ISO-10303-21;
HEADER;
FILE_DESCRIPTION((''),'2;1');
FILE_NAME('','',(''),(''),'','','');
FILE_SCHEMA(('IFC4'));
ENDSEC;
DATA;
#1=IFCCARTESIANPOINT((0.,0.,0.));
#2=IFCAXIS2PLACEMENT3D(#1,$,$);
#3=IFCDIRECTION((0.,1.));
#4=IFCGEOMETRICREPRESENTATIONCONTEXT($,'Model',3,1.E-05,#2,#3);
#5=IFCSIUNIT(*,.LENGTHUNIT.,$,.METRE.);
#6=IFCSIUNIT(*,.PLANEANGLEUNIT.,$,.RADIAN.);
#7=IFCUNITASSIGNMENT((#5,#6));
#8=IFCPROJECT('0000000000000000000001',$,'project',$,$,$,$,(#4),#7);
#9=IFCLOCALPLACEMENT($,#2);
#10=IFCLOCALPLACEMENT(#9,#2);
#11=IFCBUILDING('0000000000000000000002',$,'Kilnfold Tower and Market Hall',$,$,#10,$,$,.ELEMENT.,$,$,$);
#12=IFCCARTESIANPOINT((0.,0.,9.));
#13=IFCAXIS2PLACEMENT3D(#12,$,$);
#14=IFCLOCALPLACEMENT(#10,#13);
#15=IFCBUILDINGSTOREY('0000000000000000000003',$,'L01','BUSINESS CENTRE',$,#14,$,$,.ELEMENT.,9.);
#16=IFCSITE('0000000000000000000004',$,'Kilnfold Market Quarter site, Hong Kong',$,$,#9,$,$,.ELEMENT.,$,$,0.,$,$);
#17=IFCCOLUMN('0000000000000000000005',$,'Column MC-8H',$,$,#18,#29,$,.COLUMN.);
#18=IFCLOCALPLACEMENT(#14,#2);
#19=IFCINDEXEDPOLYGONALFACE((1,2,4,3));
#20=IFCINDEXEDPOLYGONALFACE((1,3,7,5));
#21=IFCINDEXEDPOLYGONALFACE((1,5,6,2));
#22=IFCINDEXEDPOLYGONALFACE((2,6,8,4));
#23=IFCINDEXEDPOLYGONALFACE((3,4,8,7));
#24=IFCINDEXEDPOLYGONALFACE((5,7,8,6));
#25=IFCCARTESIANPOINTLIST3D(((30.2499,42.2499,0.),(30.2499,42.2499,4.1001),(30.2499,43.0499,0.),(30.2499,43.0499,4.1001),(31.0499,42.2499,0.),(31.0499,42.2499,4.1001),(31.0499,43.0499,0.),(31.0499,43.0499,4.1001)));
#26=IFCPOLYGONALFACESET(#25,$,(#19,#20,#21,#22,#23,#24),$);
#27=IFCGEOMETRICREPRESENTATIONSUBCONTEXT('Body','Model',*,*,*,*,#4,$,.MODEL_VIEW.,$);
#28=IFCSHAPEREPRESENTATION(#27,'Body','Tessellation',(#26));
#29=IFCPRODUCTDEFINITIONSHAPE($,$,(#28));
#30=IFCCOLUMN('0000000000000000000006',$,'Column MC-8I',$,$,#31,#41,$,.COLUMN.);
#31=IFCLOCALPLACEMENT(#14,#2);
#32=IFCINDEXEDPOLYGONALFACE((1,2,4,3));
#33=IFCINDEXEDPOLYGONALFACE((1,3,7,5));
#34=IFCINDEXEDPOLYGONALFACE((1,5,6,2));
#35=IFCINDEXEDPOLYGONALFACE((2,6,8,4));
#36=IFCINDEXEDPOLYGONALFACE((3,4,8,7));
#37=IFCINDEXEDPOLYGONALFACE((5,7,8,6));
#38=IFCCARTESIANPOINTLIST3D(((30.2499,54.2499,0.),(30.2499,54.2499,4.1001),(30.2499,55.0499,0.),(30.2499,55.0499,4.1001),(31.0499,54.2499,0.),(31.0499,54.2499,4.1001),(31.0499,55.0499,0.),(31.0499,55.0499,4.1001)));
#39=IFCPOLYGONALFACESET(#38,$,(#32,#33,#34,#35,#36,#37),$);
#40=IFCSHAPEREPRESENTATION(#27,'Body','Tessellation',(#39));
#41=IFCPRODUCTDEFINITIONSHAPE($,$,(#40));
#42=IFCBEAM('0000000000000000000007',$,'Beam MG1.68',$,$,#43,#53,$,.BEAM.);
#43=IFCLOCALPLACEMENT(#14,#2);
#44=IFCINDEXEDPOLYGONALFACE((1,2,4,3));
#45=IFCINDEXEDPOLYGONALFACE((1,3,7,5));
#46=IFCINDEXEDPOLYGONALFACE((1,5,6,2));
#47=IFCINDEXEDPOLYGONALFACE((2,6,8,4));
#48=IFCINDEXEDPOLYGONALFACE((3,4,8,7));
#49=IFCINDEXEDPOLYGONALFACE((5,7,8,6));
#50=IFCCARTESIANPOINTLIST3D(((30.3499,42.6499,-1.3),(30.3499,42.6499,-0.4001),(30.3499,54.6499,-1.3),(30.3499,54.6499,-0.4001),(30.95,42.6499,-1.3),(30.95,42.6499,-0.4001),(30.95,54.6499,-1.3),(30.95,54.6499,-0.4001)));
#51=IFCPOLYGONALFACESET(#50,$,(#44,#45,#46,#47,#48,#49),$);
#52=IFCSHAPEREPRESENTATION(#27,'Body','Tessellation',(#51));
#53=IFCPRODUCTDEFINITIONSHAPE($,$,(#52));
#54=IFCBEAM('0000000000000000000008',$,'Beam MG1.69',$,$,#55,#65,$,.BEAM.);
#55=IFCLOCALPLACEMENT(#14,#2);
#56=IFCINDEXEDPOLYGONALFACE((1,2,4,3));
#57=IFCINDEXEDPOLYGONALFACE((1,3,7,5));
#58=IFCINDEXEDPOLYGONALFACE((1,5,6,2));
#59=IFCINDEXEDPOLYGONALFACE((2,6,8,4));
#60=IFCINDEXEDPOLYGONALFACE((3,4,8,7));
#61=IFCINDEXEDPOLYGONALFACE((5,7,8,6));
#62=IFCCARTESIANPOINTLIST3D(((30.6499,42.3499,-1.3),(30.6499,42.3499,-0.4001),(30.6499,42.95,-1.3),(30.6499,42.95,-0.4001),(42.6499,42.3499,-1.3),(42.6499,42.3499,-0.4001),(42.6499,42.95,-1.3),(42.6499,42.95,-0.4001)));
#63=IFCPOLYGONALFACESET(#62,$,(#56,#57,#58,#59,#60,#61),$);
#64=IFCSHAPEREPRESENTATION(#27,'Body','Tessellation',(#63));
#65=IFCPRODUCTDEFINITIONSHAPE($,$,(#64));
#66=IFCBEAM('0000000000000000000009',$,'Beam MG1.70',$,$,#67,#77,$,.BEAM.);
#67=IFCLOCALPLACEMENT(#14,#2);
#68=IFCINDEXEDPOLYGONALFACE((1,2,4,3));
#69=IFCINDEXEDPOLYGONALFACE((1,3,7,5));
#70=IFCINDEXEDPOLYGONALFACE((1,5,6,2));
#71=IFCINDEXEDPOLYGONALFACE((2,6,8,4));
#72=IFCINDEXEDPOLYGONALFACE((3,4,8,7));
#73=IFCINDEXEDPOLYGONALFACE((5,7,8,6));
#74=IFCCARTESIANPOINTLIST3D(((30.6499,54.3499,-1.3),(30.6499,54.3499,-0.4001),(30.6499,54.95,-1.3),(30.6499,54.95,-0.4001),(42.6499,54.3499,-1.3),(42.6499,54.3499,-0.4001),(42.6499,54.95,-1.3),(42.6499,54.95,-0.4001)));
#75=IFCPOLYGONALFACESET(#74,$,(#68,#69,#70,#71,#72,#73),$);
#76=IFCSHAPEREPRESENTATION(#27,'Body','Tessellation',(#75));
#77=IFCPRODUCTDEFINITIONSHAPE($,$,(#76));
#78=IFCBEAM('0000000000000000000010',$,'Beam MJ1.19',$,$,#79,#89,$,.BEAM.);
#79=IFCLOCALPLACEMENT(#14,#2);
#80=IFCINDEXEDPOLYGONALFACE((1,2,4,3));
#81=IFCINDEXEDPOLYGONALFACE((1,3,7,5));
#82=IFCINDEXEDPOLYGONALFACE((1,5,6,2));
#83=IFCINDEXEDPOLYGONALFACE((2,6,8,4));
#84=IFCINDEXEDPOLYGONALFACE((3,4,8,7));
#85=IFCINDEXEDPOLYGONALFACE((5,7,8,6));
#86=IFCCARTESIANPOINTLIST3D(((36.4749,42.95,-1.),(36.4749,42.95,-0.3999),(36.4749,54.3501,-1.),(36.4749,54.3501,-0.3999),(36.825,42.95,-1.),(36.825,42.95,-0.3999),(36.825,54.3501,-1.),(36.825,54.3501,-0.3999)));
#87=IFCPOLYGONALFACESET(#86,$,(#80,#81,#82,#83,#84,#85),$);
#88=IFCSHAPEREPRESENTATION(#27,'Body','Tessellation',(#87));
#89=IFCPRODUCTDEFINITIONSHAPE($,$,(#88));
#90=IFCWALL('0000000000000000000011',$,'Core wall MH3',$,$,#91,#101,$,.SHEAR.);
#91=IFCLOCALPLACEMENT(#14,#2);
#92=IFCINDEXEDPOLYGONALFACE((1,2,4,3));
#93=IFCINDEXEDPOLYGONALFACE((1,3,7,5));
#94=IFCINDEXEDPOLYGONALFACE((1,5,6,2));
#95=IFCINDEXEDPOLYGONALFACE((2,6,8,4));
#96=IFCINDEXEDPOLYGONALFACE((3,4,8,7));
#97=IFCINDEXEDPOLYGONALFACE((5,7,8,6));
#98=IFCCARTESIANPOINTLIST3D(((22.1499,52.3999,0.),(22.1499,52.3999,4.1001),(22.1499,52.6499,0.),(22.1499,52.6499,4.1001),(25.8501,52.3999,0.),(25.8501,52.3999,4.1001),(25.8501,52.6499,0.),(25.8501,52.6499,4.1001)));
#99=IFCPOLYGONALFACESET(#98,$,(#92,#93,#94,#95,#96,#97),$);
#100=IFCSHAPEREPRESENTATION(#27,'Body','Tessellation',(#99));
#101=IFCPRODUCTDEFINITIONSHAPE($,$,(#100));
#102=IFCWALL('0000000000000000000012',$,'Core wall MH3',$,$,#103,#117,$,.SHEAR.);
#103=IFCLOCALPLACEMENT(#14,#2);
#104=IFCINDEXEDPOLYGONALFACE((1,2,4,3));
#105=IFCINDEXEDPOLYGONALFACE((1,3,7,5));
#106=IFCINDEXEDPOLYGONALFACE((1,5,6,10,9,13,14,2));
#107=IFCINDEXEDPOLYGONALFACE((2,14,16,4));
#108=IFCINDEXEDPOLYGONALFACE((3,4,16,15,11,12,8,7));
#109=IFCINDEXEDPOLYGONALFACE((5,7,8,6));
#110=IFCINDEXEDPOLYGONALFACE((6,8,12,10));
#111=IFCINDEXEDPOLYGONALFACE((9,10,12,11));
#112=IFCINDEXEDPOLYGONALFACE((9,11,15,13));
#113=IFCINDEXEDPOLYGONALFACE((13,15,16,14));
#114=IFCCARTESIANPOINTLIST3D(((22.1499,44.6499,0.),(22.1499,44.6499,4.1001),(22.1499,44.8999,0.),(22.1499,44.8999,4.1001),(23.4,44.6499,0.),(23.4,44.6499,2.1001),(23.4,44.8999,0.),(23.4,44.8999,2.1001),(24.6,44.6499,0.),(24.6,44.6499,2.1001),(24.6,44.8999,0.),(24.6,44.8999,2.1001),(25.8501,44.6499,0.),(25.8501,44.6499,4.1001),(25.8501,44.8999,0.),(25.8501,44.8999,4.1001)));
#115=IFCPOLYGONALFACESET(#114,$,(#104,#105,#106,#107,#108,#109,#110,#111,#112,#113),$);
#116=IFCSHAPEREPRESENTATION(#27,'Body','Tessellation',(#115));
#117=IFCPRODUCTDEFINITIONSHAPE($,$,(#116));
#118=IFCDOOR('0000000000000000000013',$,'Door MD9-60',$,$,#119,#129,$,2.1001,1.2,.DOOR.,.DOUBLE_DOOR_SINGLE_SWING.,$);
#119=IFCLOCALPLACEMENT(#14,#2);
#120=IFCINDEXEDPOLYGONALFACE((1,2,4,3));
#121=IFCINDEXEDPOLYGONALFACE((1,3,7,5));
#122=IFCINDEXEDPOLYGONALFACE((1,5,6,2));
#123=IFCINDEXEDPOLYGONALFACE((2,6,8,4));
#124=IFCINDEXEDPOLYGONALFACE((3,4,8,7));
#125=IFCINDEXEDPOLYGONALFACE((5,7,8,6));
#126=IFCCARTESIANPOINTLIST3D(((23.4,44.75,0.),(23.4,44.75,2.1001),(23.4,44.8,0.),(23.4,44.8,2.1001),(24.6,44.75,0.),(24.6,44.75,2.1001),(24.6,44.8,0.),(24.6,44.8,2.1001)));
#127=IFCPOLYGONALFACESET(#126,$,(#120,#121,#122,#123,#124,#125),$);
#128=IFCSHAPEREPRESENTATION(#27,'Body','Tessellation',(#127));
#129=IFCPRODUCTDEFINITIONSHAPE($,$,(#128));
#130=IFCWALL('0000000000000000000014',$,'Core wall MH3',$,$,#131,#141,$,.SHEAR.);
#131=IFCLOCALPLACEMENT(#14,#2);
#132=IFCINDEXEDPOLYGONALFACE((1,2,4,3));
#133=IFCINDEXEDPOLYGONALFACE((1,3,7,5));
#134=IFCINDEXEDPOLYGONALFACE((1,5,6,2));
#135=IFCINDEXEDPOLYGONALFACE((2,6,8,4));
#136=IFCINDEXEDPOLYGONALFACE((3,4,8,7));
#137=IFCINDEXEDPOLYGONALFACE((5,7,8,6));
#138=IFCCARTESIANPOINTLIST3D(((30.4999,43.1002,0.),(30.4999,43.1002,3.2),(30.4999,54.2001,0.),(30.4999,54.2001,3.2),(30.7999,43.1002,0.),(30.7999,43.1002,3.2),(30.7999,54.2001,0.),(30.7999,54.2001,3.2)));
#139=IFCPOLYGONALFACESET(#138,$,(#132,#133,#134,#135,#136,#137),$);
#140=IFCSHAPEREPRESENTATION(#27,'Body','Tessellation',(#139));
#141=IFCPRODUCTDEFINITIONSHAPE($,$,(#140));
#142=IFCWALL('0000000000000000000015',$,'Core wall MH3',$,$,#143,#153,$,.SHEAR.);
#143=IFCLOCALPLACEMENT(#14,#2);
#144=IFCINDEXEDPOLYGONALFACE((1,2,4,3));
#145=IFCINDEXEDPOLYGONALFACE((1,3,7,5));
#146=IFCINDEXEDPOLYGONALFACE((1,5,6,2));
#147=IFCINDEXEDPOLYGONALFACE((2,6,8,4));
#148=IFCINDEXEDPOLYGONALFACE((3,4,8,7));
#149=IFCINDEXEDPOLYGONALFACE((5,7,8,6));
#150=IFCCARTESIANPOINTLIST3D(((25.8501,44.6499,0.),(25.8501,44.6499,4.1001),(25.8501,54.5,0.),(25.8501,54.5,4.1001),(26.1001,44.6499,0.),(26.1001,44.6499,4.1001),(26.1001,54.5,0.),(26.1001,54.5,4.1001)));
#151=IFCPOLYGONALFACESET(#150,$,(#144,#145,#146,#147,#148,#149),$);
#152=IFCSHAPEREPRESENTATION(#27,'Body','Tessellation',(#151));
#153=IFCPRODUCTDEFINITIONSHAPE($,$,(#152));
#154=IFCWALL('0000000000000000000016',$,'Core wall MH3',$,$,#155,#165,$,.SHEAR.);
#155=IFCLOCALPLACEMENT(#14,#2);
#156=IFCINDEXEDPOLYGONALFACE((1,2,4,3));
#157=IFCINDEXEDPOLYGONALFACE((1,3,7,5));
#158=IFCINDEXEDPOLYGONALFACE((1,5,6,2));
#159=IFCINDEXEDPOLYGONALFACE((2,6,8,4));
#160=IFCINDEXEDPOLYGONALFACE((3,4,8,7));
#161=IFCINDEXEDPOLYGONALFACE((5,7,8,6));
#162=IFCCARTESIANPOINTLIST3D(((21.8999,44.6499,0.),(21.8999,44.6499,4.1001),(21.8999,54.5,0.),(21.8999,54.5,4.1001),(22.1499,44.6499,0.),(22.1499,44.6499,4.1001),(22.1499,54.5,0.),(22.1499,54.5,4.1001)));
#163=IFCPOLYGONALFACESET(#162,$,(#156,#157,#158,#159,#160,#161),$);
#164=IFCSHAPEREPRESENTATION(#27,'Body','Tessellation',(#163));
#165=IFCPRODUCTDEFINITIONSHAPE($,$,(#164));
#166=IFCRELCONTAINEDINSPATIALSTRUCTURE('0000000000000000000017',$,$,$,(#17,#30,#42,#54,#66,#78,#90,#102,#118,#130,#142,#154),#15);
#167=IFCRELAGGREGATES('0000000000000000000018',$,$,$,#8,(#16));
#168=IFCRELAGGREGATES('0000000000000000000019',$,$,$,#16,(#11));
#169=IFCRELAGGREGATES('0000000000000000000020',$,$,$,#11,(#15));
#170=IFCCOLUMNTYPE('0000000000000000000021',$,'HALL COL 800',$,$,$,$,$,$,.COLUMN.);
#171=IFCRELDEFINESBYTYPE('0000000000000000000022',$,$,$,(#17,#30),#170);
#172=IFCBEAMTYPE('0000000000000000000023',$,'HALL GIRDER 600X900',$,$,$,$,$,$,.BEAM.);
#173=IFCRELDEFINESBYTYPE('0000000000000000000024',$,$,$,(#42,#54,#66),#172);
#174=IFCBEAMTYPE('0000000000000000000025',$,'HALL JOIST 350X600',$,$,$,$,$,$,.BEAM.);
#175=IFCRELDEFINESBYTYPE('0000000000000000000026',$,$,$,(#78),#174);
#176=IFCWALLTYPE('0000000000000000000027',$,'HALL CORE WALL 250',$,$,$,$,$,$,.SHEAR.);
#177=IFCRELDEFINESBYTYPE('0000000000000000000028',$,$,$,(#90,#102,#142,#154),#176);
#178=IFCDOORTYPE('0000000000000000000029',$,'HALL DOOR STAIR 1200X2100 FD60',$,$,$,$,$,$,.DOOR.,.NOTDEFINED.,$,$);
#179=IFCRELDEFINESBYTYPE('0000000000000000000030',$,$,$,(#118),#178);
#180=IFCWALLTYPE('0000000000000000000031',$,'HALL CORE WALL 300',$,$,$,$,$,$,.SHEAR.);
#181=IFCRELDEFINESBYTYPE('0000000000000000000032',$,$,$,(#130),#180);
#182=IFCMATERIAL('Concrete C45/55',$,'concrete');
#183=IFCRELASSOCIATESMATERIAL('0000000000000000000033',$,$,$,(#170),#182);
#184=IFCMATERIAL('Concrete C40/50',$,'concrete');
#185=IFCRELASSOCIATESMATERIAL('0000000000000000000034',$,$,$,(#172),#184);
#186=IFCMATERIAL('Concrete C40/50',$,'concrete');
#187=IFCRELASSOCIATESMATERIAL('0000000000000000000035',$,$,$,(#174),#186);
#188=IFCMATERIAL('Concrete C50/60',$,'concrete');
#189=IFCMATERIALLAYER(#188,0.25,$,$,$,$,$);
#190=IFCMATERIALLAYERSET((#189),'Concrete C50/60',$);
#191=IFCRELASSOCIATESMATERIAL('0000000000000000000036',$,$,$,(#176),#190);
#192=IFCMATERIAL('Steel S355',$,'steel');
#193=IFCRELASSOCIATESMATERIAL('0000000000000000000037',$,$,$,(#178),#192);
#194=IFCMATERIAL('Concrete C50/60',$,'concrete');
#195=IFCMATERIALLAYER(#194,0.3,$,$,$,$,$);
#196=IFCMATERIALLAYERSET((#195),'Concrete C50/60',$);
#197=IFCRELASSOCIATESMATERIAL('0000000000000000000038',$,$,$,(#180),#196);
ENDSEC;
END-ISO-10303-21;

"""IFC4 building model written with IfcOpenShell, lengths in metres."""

from ifc_helpers import new_model, si_unit, direction, frame, frame_2d, origin, origin_2d, place, context, subcontext, project, spatial, rectangle, extrude, source, transform, mapped, material, layer, layer_set, material_profile, profile_set, type_object, element, fill, save


model = new_model("IFC4")

# Units and contexts
model_context = context("Model", 3, precision=1e-05, world=origin(), true_north=direction((0.0, 1.0)))
body_context = subcontext(model_context, "Body", "Model", "MODEL_VIEW")
ifc_project = project(units=[si_unit("LENGTHUNIT", "METRE"), si_unit("PLANEANGLEUNIT", "RADIAN")], contexts=[model_context])

# Site, building, storey
site_placement = place(None, origin())
site = spatial("IfcSite", under=ifc_project, at=site_placement, Name="Kilnfold Market Quarter site, Hong Kong", CompositionType="ELEMENT", RefElevation=0.0)
building_placement = place(site_placement, origin())
building = spatial("IfcBuilding", under=site, at=building_placement, Name="Kilnfold Tower and Market Hall", CompositionType="ELEMENT")
storey_placement = place(building_placement, frame((0.0, 0.0, 9.0)))
storey = spatial("IfcBuildingStorey", under=building, at=storey_placement, Name="L01", Description="BUSINESS CENTRE", CompositionType="ELEMENT", Elevation=9.0)

# Columns
ifc_material_1 = material(Name="Concrete C45/55", Category="concrete")
ifc_material_profile_1 = material_profile(ifc_material_1, rectangle(XDim=0.8, YDim=0.8, at=origin_2d()), Name="RC 800x800")
ifc_profile_set_1 = profile_set([ifc_material_profile_1], Name="Concrete C45/55")
column_type = type_object("IfcColumnType", Name="HALL COL 800", PredefinedType="COLUMN", material=ifc_profile_set_1)
shared_shape_1 = source(origin(), body_context, "Body", "SweptSolid", [
    extrude(rectangle(XDim=0.8, YDim=0.8, at=origin_2d()), origin(), (0.0, 0.0, 1.0), 4.1001),
])
for number, where, z_axis, x_axis, name in (
    (1, (30.6499, 42.6499, 0.0), (0.0, 0.0, 1.0), (1.0, 0.0, 0.0), "Column MC-8H"),
    (2, (30.6499, 54.6499, 0.0), (0.0, 0.0, 1.0), (1.0, 0.0, 0.0), "Column MC-8I"),
):
    element("IfcColumn", number, at=place(storey_placement, frame(where, z_axis=z_axis, x_axis=x_axis)), inside=storey, type_object=column_type, Name=name, PredefinedType="COLUMN", context=body_context, shape_type="MappedRepresentation", body=[
        mapped(shared_shape_1, transform((0.0, 0.0, 0.0))),
    ])

# Beams
ifc_material_2 = material(Name="Concrete C40/50", Category="concrete")
ifc_material_profile_2 = material_profile(ifc_material_2, rectangle(XDim=0.6001, YDim=0.8999, at=origin_2d()), Name="RC 600x900")
ifc_profile_set_2 = profile_set([ifc_material_profile_2], Name="Concrete C40/50")
beam_type_1 = type_object("IfcBeamType", Name="HALL GIRDER 600X900", PredefinedType="BEAM", material=ifc_profile_set_2)
for number, where, z_axis, x_axis, name in (
    (3, (30.6499, 42.6499, -0.8501), (0.0, 1.0, 0.0), (-1.0, 0.0, 0.0), "Beam MG1.68"),
    (4, (30.6499, 42.6499, -0.8501), (1.0, 0.0, 0.0), (0.0, 1.0, 0.0), "Beam MG1.69"),
    (5, (30.6499, 54.6499, -0.8501), (1.0, 0.0, 0.0), (0.0, 1.0, 0.0), "Beam MG1.70"),
):
    element("IfcBeam", number, at=place(storey_placement, frame(where, z_axis=z_axis, x_axis=x_axis)), inside=storey, type_object=beam_type_1, Name=name, PredefinedType="BEAM", context=body_context, shape_type="SweptSolid", body=[
        extrude(rectangle(XDim=0.6001, YDim=0.8999, at=origin_2d()), origin(), (0.0, 0.0, 1.0), 12.0),
    ])
ifc_material_3 = material(Name="Concrete C40/50", Category="concrete")
ifc_material_profile_3 = material_profile(ifc_material_3, rectangle(XDim=0.3501, YDim=0.6001, at=origin_2d()), Name="RC 350x600")
ifc_profile_set_3 = profile_set([ifc_material_profile_3], Name="Concrete C40/50")
beam_type_2 = type_object("IfcBeamType", Name="HALL JOIST 350X600", PredefinedType="BEAM", material=ifc_profile_set_3)
beam_placement = place(storey_placement, frame((36.6499, 42.95, -0.7), z_axis=(0.0, 1.0, 0.0), x_axis=(-1.0, 0.0, 0.0)))
element("IfcBeam", 6, at=beam_placement, inside=storey, type_object=beam_type_2, Name="Beam MJ1.19", PredefinedType="BEAM", context=body_context, shape_type="SweptSolid", body=[
    extrude(rectangle(XDim=0.3501, YDim=0.6001, at=origin_2d()), origin(), (0.0, 0.0, 1.0), 11.4001),
])

# Wall
ifc_material_4 = material(Name="Concrete C50/60", Category="concrete")
ifc_layer_1 = layer(ifc_material_4, 0.25)
ifc_layer_set_1 = layer_set([ifc_layer_1], Name="Concrete C50/60")
wall_type_1 = type_object("IfcWallType", Name="HALL CORE WALL 250", PredefinedType="SHEAR", material=ifc_layer_set_1)
shared_shape_2 = source(origin(), body_context, "Body", "SweptSolid", [
    extrude(rectangle(XDim=3.7002, YDim=0.25, at=frame_2d((1.8501, 0.0))), origin(), (0.0, 0.0, 1.0), 4.1001),
])
wall_1_placement = place(storey_placement, frame((25.8501, 52.5249, 0.0), z_axis=(0.0, 0.0, 1.0), x_axis=(-1.0, 0.0, 0.0)))
element("IfcWall", 7, at=wall_1_placement, inside=storey, type_object=wall_type_1, Name="Core wall MH3", PredefinedType="SHEAR", context=body_context, shape_type="MappedRepresentation", body=[
    mapped(shared_shape_2, transform((0.0, 0.0, 0.0))),
])

# Wall, opening, door
wall_2_placement = place(storey_placement, frame((25.8501, 44.7749, 0.0), z_axis=(0.0, 0.0, 1.0), x_axis=(-1.0, 0.0, 0.0)))
wall_2 = element("IfcWall", 8, at=wall_2_placement, inside=storey, type_object=wall_type_1, Name="Core wall MH3", PredefinedType="SHEAR", context=body_context, shape_type="MappedRepresentation", body=[
    mapped(shared_shape_2, transform((0.0, 0.0, 0.0))),
])
opening_1_placement = place(wall_2_placement, frame((1.25, 0.0, 0.0)))
opening_1 = element("IfcOpeningElement", 9, at=opening_1_placement, cuts=wall_2, PredefinedType="OPENING", context=body_context, shape_type="SweptSolid", body=[
    extrude(rectangle(XDim=1.2, YDim=2.1001, at=frame_2d((0.6001, 1.05))), frame((0.0, 0.135, 0.0), z_axis=(0.0, -1.0, 0.0), x_axis=(1.0, 0.0, 0.0)), (0.0, 0.0, 1.0), 0.27),
])
ifc_material_5 = material(Name="Steel S355", Category="steel")
door_type_1 = type_object("IfcDoorType", Name="HALL DOOR STAIR 1200X2100 FD60", OperationType="NOTDEFINED", PredefinedType="DOOR", material=ifc_material_5)
door_1_placement = place(opening_1_placement, origin())
door_1 = element("IfcDoor", 10, at=door_1_placement, inside=storey, type_object=door_type_1, Name="Door MD9-60", OperationType="DOUBLE_DOOR_SINGLE_SWING", OverallHeight=2.1001, OverallWidth=1.2, PredefinedType="DOOR", context=body_context, shape_type="SweptSolid", body=[
    extrude(rectangle(XDim=1.2, YDim=2.1001, at=frame_2d((0.6001, 1.05))), frame((0.0, 0.0249, 0.0), z_axis=(0.0, -1.0, 0.0), x_axis=(1.0, 0.0, 0.0)), (0.0, 0.0, 1.0), 0.05),
])
fill(opening_1, door_1)

# Walls
ifc_material_6 = material(Name="Concrete C50/60", Category="concrete")
ifc_layer_2 = layer(ifc_material_6, 0.3)
ifc_layer_set_2 = layer_set([ifc_layer_2], Name="Concrete C50/60")
wall_type_2 = type_object("IfcWallType", Name="HALL CORE WALL 300", PredefinedType="SHEAR", material=ifc_layer_set_2)
shared_shape_3 = source(origin(), body_context, "Body", "SweptSolid", [
    extrude(rectangle(XDim=11.0999, YDim=0.3, at=frame_2d((5.5498, 0.0))), origin(), (0.0, 0.0, 1.0), 3.2),
])
wall_3_placement = place(storey_placement, frame((30.6499, 54.2, 0.0), z_axis=(0.0, 0.0, 1.0), x_axis=(0.0, -1.0, 0.0)))
element("IfcWall", 11, at=wall_3_placement, inside=storey, type_object=wall_type_2, Name="Core wall MH3", PredefinedType="SHEAR", context=body_context, shape_type="MappedRepresentation", body=[
    mapped(shared_shape_3, transform((0.0, 0.0, 0.0))),
])
shared_shape_4 = source(origin(), body_context, "Body", "SweptSolid", [
    extrude(rectangle(XDim=9.8501, YDim=0.25, at=frame_2d((4.925, 0.0))), origin(), (0.0, 0.0, 1.0), 4.1001),
])
for number, where, z_axis, x_axis, name in (
    (12, (25.9751, 54.5, 0.0), (0.0, 0.0, 1.0), (0.0, -1.0, 0.0), "Core wall MH3"),
    (13, (22.0249, 54.5, 0.0), (0.0, 0.0, 1.0), (0.0, -1.0, 0.0), "Core wall MH3"),
):
    element("IfcWall", number, at=place(storey_placement, frame(where, z_axis=z_axis, x_axis=x_axis)), inside=storey, type_object=wall_type_1, Name=name, PredefinedType="SHEAR", context=body_context, shape_type="MappedRepresentation", body=[
        mapped(shared_shape_4, transform((0.0, 0.0, 0.0))),
    ])

save(model, "model.ifc")
